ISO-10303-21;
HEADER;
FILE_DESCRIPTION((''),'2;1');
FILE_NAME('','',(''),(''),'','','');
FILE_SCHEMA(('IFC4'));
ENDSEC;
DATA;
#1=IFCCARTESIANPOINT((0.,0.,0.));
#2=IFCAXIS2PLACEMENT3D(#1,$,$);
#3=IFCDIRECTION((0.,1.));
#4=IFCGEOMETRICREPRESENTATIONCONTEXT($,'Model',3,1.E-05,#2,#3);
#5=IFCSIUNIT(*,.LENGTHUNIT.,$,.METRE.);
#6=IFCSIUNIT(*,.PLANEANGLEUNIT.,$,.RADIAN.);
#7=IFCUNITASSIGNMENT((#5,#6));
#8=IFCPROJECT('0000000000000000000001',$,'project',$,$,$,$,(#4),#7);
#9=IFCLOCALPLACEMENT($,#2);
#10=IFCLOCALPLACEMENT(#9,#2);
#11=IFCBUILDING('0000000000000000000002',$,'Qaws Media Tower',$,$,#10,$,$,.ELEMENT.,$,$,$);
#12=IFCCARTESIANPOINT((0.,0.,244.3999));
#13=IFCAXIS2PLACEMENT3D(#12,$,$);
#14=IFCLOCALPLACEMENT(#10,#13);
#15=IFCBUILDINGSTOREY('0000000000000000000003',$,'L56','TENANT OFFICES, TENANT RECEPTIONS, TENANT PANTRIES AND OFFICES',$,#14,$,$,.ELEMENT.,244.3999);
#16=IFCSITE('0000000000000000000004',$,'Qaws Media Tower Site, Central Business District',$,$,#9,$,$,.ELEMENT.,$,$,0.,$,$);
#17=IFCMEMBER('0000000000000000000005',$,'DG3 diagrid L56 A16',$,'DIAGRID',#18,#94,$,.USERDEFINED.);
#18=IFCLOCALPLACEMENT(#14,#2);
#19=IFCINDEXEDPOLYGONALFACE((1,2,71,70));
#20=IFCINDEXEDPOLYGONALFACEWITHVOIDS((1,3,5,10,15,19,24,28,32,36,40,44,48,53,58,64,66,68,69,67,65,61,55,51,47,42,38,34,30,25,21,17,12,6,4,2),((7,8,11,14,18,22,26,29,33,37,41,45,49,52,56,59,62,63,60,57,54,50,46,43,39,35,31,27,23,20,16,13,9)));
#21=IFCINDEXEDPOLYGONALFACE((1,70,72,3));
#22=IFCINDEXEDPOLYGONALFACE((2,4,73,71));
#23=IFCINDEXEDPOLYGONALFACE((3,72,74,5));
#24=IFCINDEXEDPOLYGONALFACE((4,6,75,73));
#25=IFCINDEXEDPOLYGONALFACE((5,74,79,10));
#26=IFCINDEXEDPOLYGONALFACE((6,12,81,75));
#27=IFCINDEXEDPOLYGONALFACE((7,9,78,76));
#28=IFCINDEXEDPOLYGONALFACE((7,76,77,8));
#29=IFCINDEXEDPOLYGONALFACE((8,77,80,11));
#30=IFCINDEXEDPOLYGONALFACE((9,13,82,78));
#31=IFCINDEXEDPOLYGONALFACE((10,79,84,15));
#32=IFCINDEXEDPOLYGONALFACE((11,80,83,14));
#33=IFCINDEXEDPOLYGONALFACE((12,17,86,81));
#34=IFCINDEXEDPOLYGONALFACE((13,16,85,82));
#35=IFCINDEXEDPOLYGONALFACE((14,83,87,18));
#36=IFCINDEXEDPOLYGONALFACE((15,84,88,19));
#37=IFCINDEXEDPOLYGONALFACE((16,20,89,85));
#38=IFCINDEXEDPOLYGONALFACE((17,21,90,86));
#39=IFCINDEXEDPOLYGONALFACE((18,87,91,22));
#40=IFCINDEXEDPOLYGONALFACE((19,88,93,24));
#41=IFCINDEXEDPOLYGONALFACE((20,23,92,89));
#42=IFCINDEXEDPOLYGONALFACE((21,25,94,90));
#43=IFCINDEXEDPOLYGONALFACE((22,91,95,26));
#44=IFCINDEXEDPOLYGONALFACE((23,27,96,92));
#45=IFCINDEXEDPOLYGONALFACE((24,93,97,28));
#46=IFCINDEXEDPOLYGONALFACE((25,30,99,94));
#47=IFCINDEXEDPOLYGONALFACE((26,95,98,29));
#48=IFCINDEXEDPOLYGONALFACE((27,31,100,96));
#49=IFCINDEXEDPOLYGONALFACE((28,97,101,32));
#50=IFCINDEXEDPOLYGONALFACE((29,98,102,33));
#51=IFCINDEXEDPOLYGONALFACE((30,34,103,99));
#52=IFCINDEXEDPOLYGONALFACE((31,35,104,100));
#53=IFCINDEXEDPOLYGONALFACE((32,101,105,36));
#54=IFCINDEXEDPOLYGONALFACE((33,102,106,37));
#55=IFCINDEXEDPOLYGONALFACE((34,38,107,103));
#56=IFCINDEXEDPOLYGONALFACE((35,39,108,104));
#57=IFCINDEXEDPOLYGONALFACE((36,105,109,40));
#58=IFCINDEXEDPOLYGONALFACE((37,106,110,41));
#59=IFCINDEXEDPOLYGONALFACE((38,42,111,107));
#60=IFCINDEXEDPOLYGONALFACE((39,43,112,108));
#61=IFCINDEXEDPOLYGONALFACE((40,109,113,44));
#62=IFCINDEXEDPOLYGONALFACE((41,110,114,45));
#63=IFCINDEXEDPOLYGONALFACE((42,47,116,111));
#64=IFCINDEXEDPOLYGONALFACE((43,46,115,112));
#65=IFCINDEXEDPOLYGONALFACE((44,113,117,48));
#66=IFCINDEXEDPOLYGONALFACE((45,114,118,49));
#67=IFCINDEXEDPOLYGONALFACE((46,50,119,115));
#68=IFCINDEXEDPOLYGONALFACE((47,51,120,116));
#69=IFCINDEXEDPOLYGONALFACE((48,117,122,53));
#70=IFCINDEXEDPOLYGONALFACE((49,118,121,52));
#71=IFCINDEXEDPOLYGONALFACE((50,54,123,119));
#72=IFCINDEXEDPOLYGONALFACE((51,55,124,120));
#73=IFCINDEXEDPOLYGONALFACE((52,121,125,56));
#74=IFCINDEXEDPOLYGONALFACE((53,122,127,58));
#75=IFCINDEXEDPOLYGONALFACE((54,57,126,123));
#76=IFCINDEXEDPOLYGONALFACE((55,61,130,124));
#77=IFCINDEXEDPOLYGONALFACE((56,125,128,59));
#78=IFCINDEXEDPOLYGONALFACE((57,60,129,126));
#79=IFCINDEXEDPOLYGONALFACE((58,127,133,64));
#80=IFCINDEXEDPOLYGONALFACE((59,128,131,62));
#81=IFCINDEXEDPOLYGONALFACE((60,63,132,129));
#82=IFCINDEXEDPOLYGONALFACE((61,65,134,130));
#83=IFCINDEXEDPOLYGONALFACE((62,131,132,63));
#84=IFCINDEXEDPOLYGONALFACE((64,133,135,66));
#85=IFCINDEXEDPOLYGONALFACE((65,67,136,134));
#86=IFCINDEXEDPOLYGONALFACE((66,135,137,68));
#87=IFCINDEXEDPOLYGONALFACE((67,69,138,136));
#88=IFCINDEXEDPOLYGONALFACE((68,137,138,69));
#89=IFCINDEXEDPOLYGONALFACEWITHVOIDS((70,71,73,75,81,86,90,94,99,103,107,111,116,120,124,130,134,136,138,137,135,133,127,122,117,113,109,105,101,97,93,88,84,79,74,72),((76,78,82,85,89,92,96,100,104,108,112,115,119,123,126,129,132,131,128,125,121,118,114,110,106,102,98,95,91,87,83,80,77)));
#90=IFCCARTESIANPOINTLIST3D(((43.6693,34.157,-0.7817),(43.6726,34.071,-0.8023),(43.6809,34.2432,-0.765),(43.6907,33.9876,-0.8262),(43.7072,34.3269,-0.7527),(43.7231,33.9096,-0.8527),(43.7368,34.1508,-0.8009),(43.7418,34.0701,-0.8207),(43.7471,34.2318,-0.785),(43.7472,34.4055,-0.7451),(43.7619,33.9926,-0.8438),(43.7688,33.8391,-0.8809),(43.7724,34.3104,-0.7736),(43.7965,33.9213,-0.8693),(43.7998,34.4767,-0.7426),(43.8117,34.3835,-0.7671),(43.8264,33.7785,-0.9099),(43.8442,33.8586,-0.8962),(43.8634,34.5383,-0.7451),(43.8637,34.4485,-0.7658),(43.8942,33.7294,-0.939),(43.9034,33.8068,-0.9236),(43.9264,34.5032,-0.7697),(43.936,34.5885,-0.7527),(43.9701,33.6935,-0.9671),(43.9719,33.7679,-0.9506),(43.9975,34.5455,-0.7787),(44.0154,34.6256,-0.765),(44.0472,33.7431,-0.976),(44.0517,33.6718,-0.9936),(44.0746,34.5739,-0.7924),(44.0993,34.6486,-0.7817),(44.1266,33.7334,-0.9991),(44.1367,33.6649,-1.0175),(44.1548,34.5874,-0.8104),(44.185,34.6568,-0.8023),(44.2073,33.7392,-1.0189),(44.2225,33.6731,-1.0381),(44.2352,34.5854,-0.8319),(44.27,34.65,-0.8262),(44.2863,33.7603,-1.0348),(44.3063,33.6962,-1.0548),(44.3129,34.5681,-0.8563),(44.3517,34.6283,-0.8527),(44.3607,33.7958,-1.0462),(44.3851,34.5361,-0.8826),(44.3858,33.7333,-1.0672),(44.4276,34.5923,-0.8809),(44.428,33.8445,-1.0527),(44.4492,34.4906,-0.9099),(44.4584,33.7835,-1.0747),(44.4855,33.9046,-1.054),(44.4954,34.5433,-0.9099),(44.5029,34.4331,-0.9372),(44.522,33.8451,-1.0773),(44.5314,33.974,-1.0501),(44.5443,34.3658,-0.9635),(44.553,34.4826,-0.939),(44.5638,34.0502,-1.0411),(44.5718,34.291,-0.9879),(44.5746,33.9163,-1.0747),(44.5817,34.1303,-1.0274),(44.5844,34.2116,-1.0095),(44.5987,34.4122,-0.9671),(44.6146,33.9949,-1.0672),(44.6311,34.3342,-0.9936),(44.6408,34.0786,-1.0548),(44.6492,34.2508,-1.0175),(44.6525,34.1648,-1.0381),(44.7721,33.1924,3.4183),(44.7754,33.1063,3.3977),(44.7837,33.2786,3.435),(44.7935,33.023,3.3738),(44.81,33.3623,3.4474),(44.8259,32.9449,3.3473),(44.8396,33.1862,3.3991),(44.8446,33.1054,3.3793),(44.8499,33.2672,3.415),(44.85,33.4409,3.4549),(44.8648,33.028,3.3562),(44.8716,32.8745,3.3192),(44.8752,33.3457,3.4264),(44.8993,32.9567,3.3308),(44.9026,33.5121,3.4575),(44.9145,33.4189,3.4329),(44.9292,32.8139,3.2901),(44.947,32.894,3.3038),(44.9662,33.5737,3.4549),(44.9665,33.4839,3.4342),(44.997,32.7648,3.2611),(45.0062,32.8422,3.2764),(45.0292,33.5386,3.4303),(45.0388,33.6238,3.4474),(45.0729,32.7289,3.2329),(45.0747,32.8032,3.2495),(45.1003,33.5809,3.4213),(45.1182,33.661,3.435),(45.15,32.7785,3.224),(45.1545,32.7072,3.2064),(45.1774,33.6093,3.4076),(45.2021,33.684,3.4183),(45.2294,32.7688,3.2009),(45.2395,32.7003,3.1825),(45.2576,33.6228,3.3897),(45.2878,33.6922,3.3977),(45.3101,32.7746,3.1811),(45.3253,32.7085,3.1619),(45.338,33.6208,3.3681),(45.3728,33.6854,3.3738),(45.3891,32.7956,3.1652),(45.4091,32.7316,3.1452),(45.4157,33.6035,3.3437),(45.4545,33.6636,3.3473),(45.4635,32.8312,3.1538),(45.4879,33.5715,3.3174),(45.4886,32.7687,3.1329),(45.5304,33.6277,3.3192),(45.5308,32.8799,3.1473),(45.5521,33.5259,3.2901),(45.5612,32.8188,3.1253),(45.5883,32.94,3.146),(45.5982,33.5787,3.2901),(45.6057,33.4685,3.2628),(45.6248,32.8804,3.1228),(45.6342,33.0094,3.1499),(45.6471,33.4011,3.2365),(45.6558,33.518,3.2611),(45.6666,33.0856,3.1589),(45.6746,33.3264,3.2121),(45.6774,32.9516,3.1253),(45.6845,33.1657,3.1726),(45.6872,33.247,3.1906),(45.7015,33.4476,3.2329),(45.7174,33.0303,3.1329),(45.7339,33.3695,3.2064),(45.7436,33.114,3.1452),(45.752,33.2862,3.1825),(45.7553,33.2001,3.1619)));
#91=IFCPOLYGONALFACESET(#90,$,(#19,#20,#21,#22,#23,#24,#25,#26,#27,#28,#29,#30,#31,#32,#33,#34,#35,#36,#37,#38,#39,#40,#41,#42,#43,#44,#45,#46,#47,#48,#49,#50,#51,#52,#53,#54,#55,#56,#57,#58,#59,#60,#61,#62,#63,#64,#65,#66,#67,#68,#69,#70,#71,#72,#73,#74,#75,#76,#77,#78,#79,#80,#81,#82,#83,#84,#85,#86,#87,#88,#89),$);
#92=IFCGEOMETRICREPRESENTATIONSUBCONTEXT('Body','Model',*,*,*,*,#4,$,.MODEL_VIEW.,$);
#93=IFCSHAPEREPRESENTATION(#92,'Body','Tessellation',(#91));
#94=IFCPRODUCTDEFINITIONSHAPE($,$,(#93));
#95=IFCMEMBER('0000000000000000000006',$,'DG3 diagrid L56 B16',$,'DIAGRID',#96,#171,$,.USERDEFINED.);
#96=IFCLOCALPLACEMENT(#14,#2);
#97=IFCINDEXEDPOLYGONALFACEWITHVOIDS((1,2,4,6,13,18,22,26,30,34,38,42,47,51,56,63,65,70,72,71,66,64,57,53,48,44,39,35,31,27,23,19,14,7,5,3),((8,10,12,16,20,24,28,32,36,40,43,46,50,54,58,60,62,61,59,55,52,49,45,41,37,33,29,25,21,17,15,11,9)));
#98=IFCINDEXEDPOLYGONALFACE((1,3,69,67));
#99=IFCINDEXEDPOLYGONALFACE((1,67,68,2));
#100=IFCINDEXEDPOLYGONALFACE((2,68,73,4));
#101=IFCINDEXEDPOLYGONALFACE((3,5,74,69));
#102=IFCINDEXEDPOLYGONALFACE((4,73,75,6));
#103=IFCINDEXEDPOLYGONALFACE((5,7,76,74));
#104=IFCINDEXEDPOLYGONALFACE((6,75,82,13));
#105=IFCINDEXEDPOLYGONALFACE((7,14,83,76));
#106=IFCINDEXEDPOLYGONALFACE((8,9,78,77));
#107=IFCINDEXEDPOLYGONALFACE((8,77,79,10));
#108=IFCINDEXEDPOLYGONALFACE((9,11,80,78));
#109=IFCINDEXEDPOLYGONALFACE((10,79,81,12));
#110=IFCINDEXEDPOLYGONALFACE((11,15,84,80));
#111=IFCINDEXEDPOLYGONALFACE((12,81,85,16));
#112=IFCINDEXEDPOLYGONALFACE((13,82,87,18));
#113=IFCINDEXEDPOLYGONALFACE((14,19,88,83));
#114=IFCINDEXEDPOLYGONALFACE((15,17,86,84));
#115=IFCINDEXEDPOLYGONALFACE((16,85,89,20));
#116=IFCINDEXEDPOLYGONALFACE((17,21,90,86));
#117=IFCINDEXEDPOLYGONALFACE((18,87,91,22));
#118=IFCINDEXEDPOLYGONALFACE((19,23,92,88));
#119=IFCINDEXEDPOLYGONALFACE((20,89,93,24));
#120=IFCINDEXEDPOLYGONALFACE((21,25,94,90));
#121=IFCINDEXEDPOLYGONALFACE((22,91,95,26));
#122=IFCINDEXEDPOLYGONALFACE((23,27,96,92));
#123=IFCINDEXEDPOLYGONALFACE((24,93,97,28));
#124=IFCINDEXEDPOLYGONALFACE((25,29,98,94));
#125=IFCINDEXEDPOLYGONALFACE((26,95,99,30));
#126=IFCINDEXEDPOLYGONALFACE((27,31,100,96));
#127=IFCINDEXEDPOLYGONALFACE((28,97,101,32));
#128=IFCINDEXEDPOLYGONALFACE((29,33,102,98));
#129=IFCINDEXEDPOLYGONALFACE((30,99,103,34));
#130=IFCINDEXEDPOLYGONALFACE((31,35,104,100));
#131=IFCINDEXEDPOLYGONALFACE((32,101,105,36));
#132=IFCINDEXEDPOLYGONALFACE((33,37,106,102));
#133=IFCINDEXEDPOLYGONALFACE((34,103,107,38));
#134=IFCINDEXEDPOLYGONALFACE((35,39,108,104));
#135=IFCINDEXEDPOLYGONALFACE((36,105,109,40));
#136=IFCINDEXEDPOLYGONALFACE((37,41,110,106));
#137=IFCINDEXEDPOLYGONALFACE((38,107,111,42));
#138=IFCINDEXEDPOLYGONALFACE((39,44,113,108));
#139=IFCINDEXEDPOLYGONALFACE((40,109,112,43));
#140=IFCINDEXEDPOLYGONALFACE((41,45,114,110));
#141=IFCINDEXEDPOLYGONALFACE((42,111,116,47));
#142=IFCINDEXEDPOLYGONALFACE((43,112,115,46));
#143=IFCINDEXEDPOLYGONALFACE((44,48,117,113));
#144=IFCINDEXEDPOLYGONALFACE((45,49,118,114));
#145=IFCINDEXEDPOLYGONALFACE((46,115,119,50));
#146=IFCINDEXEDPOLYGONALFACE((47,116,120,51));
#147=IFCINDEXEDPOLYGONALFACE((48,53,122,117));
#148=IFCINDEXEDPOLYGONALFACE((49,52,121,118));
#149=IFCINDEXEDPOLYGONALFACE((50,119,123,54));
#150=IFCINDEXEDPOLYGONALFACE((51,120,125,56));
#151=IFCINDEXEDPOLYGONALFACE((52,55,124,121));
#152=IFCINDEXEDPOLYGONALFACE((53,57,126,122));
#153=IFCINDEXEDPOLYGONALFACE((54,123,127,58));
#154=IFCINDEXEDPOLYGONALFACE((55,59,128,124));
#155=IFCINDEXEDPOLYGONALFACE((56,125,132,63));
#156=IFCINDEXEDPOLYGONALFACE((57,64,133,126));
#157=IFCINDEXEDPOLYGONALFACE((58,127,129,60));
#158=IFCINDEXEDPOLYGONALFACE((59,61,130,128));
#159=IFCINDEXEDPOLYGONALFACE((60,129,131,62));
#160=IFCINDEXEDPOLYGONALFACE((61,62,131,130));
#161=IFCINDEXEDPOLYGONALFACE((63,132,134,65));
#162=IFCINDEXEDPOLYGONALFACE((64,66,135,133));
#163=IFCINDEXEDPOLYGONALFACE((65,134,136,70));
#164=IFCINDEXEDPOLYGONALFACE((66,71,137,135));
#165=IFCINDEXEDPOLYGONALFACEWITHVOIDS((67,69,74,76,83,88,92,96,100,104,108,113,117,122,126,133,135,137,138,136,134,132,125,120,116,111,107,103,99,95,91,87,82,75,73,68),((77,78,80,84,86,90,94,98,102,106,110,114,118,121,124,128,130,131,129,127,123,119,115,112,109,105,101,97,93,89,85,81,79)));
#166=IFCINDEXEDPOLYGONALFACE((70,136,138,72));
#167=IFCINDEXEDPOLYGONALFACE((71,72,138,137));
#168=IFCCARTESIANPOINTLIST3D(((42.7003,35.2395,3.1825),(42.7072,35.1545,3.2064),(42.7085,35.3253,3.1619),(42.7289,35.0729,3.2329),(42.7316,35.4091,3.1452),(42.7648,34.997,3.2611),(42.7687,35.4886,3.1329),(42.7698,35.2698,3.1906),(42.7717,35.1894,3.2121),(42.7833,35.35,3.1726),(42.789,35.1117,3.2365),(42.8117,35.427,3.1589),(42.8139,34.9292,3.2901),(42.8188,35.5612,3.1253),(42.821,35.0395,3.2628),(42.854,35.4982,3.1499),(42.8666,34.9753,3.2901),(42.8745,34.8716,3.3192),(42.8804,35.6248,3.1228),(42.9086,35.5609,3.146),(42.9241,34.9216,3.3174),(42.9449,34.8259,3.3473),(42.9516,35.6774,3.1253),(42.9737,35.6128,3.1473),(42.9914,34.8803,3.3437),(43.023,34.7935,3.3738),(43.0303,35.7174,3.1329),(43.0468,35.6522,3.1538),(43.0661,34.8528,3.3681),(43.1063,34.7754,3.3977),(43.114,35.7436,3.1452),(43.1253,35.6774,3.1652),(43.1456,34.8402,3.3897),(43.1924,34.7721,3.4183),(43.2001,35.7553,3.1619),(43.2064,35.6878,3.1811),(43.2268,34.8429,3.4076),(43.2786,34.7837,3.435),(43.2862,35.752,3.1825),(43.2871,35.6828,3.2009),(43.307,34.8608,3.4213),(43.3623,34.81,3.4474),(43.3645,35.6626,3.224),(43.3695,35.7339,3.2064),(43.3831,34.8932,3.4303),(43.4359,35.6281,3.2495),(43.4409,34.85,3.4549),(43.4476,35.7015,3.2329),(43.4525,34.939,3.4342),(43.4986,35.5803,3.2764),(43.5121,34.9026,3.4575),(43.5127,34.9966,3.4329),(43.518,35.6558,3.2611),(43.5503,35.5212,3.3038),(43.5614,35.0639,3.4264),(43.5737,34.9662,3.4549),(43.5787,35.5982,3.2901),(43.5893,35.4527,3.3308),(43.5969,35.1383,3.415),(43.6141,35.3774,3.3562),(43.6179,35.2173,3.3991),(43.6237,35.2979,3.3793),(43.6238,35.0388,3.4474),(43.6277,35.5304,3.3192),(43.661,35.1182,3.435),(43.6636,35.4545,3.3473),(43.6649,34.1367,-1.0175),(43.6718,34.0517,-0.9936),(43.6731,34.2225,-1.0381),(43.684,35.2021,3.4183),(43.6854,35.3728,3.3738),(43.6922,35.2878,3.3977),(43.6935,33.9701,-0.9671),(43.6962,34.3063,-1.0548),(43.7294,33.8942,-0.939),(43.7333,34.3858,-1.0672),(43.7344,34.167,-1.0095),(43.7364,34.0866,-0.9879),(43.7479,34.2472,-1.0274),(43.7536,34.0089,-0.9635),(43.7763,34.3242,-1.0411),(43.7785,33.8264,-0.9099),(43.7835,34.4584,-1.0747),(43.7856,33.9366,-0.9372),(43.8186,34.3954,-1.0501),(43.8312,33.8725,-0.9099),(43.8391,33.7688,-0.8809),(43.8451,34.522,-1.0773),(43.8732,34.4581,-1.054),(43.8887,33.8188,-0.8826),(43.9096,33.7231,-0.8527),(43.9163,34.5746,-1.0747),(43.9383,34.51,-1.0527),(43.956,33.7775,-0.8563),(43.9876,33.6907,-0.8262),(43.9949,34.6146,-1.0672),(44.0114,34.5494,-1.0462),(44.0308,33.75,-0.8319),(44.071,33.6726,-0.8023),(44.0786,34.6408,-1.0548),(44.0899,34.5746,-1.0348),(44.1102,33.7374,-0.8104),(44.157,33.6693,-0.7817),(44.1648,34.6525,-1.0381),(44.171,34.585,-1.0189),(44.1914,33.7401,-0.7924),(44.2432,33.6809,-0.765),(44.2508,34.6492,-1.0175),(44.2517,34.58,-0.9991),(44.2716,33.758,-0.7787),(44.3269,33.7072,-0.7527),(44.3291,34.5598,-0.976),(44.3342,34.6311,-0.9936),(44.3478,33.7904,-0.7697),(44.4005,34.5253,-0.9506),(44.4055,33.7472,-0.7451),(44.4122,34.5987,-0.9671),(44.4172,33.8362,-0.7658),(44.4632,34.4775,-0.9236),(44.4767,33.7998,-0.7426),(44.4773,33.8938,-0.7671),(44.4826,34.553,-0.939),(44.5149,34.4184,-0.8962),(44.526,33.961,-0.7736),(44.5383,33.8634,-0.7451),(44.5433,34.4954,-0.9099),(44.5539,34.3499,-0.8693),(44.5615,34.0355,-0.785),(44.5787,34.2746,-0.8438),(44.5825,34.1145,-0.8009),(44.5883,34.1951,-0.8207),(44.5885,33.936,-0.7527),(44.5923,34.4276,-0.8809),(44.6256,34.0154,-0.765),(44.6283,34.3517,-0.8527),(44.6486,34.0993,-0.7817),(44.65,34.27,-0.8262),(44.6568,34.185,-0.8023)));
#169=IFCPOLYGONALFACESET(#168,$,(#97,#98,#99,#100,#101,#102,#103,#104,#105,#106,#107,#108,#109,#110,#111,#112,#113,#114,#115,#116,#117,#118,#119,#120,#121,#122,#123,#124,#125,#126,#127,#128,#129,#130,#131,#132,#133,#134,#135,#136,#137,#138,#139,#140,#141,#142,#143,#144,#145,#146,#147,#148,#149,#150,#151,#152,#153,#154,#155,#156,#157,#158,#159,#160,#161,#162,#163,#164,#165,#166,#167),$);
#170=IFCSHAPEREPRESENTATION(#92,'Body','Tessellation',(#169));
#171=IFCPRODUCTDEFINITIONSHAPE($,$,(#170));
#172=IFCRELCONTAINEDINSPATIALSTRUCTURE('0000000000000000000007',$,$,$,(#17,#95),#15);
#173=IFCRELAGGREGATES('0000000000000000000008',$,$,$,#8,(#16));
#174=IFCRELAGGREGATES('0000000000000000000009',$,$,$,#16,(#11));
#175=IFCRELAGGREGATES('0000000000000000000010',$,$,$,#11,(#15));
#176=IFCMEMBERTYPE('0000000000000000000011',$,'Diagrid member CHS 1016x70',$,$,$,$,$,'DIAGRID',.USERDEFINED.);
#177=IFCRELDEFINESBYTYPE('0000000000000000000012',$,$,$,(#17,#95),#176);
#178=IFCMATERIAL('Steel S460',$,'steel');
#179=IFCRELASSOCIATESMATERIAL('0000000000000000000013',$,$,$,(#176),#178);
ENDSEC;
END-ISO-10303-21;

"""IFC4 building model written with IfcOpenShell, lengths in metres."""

from ifc_helpers import new_model, si_unit, direction, frame, origin, origin_2d, place, context, subcontext, project, spatial, hollow_circle, extrude, material, material_profile, profile_set, type_object, element, save


model = new_model("IFC4")

# Units and contexts
model_context = context("Model", 3, precision=1e-05, world=origin(), true_north=direction((0.0, 1.0)))
body_context = subcontext(model_context, "Body", "Model", "MODEL_VIEW")
ifc_project = project(units=[si_unit("LENGTHUNIT", "METRE"), si_unit("PLANEANGLEUNIT", "RADIAN")], contexts=[model_context])

# Site, building, storey
site_placement = place(None, origin())
site = spatial("IfcSite", under=ifc_project, at=site_placement, Name="Qaws Media Tower Site, Central Business District", CompositionType="ELEMENT", RefElevation=0.0)
building_placement = place(site_placement, origin())
building = spatial("IfcBuilding", under=site, at=building_placement, Name="Qaws Media Tower", CompositionType="ELEMENT")
storey_placement = place(building_placement, frame((0.0, 0.0, 244.3999)))
storey = spatial("IfcBuildingStorey", under=building, at=storey_placement, Name="L56", Description="TENANT OFFICES, TENANT RECEPTIONS, TENANT PANTRIES AND OFFICES", CompositionType="ELEMENT", Elevation=244.3999)

# Members
ifc_material_1 = material(Name="Steel S460", Category="steel")
ifc_material_profile_1 = material_profile(ifc_material_1, hollow_circle(Radius=0.5081, WallThickness=0.0701, at=origin_2d()), Name="CHS 1016x70")
ifc_profile_set_1 = profile_set([ifc_material_profile_1], Name="Steel S460")
member_type_1 = type_object("IfcMemberType", Name="Diagrid member CHS 1016x70", ElementType="DIAGRID", PredefinedType="USERDEFINED", material=ifc_profile_set_1)
for number, where, z_axis, x_axis, name in (
    (1, (44.1609, 34.1609, -0.9099), (0.247919, -0.216853, 0.944199), (0.658375, 0.75269, 0.0), "DG3 diagrid L56 A16"),
    (2, (44.1609, 34.1609, -0.9099), (-0.216853, 0.247919, 0.944199), (-0.75269, -0.658375, 0.0), "DG3 diagrid L56 B16"),
):
    element("IfcMember", number, at=place(storey_placement, frame(where, z_axis=z_axis, x_axis=x_axis)), inside=storey, type_object=member_type_1, Name=name, ObjectType="DIAGRID", PredefinedType="USERDEFINED", context=body_context, shape_type="SweptSolid", body=[
        extrude(hollow_circle(Radius=0.5081, WallThickness=0.0701, at=origin_2d()), origin(), (0.0, 0.0, 1.0), 4.4482),
    ])

save(model, "model.ifc")
